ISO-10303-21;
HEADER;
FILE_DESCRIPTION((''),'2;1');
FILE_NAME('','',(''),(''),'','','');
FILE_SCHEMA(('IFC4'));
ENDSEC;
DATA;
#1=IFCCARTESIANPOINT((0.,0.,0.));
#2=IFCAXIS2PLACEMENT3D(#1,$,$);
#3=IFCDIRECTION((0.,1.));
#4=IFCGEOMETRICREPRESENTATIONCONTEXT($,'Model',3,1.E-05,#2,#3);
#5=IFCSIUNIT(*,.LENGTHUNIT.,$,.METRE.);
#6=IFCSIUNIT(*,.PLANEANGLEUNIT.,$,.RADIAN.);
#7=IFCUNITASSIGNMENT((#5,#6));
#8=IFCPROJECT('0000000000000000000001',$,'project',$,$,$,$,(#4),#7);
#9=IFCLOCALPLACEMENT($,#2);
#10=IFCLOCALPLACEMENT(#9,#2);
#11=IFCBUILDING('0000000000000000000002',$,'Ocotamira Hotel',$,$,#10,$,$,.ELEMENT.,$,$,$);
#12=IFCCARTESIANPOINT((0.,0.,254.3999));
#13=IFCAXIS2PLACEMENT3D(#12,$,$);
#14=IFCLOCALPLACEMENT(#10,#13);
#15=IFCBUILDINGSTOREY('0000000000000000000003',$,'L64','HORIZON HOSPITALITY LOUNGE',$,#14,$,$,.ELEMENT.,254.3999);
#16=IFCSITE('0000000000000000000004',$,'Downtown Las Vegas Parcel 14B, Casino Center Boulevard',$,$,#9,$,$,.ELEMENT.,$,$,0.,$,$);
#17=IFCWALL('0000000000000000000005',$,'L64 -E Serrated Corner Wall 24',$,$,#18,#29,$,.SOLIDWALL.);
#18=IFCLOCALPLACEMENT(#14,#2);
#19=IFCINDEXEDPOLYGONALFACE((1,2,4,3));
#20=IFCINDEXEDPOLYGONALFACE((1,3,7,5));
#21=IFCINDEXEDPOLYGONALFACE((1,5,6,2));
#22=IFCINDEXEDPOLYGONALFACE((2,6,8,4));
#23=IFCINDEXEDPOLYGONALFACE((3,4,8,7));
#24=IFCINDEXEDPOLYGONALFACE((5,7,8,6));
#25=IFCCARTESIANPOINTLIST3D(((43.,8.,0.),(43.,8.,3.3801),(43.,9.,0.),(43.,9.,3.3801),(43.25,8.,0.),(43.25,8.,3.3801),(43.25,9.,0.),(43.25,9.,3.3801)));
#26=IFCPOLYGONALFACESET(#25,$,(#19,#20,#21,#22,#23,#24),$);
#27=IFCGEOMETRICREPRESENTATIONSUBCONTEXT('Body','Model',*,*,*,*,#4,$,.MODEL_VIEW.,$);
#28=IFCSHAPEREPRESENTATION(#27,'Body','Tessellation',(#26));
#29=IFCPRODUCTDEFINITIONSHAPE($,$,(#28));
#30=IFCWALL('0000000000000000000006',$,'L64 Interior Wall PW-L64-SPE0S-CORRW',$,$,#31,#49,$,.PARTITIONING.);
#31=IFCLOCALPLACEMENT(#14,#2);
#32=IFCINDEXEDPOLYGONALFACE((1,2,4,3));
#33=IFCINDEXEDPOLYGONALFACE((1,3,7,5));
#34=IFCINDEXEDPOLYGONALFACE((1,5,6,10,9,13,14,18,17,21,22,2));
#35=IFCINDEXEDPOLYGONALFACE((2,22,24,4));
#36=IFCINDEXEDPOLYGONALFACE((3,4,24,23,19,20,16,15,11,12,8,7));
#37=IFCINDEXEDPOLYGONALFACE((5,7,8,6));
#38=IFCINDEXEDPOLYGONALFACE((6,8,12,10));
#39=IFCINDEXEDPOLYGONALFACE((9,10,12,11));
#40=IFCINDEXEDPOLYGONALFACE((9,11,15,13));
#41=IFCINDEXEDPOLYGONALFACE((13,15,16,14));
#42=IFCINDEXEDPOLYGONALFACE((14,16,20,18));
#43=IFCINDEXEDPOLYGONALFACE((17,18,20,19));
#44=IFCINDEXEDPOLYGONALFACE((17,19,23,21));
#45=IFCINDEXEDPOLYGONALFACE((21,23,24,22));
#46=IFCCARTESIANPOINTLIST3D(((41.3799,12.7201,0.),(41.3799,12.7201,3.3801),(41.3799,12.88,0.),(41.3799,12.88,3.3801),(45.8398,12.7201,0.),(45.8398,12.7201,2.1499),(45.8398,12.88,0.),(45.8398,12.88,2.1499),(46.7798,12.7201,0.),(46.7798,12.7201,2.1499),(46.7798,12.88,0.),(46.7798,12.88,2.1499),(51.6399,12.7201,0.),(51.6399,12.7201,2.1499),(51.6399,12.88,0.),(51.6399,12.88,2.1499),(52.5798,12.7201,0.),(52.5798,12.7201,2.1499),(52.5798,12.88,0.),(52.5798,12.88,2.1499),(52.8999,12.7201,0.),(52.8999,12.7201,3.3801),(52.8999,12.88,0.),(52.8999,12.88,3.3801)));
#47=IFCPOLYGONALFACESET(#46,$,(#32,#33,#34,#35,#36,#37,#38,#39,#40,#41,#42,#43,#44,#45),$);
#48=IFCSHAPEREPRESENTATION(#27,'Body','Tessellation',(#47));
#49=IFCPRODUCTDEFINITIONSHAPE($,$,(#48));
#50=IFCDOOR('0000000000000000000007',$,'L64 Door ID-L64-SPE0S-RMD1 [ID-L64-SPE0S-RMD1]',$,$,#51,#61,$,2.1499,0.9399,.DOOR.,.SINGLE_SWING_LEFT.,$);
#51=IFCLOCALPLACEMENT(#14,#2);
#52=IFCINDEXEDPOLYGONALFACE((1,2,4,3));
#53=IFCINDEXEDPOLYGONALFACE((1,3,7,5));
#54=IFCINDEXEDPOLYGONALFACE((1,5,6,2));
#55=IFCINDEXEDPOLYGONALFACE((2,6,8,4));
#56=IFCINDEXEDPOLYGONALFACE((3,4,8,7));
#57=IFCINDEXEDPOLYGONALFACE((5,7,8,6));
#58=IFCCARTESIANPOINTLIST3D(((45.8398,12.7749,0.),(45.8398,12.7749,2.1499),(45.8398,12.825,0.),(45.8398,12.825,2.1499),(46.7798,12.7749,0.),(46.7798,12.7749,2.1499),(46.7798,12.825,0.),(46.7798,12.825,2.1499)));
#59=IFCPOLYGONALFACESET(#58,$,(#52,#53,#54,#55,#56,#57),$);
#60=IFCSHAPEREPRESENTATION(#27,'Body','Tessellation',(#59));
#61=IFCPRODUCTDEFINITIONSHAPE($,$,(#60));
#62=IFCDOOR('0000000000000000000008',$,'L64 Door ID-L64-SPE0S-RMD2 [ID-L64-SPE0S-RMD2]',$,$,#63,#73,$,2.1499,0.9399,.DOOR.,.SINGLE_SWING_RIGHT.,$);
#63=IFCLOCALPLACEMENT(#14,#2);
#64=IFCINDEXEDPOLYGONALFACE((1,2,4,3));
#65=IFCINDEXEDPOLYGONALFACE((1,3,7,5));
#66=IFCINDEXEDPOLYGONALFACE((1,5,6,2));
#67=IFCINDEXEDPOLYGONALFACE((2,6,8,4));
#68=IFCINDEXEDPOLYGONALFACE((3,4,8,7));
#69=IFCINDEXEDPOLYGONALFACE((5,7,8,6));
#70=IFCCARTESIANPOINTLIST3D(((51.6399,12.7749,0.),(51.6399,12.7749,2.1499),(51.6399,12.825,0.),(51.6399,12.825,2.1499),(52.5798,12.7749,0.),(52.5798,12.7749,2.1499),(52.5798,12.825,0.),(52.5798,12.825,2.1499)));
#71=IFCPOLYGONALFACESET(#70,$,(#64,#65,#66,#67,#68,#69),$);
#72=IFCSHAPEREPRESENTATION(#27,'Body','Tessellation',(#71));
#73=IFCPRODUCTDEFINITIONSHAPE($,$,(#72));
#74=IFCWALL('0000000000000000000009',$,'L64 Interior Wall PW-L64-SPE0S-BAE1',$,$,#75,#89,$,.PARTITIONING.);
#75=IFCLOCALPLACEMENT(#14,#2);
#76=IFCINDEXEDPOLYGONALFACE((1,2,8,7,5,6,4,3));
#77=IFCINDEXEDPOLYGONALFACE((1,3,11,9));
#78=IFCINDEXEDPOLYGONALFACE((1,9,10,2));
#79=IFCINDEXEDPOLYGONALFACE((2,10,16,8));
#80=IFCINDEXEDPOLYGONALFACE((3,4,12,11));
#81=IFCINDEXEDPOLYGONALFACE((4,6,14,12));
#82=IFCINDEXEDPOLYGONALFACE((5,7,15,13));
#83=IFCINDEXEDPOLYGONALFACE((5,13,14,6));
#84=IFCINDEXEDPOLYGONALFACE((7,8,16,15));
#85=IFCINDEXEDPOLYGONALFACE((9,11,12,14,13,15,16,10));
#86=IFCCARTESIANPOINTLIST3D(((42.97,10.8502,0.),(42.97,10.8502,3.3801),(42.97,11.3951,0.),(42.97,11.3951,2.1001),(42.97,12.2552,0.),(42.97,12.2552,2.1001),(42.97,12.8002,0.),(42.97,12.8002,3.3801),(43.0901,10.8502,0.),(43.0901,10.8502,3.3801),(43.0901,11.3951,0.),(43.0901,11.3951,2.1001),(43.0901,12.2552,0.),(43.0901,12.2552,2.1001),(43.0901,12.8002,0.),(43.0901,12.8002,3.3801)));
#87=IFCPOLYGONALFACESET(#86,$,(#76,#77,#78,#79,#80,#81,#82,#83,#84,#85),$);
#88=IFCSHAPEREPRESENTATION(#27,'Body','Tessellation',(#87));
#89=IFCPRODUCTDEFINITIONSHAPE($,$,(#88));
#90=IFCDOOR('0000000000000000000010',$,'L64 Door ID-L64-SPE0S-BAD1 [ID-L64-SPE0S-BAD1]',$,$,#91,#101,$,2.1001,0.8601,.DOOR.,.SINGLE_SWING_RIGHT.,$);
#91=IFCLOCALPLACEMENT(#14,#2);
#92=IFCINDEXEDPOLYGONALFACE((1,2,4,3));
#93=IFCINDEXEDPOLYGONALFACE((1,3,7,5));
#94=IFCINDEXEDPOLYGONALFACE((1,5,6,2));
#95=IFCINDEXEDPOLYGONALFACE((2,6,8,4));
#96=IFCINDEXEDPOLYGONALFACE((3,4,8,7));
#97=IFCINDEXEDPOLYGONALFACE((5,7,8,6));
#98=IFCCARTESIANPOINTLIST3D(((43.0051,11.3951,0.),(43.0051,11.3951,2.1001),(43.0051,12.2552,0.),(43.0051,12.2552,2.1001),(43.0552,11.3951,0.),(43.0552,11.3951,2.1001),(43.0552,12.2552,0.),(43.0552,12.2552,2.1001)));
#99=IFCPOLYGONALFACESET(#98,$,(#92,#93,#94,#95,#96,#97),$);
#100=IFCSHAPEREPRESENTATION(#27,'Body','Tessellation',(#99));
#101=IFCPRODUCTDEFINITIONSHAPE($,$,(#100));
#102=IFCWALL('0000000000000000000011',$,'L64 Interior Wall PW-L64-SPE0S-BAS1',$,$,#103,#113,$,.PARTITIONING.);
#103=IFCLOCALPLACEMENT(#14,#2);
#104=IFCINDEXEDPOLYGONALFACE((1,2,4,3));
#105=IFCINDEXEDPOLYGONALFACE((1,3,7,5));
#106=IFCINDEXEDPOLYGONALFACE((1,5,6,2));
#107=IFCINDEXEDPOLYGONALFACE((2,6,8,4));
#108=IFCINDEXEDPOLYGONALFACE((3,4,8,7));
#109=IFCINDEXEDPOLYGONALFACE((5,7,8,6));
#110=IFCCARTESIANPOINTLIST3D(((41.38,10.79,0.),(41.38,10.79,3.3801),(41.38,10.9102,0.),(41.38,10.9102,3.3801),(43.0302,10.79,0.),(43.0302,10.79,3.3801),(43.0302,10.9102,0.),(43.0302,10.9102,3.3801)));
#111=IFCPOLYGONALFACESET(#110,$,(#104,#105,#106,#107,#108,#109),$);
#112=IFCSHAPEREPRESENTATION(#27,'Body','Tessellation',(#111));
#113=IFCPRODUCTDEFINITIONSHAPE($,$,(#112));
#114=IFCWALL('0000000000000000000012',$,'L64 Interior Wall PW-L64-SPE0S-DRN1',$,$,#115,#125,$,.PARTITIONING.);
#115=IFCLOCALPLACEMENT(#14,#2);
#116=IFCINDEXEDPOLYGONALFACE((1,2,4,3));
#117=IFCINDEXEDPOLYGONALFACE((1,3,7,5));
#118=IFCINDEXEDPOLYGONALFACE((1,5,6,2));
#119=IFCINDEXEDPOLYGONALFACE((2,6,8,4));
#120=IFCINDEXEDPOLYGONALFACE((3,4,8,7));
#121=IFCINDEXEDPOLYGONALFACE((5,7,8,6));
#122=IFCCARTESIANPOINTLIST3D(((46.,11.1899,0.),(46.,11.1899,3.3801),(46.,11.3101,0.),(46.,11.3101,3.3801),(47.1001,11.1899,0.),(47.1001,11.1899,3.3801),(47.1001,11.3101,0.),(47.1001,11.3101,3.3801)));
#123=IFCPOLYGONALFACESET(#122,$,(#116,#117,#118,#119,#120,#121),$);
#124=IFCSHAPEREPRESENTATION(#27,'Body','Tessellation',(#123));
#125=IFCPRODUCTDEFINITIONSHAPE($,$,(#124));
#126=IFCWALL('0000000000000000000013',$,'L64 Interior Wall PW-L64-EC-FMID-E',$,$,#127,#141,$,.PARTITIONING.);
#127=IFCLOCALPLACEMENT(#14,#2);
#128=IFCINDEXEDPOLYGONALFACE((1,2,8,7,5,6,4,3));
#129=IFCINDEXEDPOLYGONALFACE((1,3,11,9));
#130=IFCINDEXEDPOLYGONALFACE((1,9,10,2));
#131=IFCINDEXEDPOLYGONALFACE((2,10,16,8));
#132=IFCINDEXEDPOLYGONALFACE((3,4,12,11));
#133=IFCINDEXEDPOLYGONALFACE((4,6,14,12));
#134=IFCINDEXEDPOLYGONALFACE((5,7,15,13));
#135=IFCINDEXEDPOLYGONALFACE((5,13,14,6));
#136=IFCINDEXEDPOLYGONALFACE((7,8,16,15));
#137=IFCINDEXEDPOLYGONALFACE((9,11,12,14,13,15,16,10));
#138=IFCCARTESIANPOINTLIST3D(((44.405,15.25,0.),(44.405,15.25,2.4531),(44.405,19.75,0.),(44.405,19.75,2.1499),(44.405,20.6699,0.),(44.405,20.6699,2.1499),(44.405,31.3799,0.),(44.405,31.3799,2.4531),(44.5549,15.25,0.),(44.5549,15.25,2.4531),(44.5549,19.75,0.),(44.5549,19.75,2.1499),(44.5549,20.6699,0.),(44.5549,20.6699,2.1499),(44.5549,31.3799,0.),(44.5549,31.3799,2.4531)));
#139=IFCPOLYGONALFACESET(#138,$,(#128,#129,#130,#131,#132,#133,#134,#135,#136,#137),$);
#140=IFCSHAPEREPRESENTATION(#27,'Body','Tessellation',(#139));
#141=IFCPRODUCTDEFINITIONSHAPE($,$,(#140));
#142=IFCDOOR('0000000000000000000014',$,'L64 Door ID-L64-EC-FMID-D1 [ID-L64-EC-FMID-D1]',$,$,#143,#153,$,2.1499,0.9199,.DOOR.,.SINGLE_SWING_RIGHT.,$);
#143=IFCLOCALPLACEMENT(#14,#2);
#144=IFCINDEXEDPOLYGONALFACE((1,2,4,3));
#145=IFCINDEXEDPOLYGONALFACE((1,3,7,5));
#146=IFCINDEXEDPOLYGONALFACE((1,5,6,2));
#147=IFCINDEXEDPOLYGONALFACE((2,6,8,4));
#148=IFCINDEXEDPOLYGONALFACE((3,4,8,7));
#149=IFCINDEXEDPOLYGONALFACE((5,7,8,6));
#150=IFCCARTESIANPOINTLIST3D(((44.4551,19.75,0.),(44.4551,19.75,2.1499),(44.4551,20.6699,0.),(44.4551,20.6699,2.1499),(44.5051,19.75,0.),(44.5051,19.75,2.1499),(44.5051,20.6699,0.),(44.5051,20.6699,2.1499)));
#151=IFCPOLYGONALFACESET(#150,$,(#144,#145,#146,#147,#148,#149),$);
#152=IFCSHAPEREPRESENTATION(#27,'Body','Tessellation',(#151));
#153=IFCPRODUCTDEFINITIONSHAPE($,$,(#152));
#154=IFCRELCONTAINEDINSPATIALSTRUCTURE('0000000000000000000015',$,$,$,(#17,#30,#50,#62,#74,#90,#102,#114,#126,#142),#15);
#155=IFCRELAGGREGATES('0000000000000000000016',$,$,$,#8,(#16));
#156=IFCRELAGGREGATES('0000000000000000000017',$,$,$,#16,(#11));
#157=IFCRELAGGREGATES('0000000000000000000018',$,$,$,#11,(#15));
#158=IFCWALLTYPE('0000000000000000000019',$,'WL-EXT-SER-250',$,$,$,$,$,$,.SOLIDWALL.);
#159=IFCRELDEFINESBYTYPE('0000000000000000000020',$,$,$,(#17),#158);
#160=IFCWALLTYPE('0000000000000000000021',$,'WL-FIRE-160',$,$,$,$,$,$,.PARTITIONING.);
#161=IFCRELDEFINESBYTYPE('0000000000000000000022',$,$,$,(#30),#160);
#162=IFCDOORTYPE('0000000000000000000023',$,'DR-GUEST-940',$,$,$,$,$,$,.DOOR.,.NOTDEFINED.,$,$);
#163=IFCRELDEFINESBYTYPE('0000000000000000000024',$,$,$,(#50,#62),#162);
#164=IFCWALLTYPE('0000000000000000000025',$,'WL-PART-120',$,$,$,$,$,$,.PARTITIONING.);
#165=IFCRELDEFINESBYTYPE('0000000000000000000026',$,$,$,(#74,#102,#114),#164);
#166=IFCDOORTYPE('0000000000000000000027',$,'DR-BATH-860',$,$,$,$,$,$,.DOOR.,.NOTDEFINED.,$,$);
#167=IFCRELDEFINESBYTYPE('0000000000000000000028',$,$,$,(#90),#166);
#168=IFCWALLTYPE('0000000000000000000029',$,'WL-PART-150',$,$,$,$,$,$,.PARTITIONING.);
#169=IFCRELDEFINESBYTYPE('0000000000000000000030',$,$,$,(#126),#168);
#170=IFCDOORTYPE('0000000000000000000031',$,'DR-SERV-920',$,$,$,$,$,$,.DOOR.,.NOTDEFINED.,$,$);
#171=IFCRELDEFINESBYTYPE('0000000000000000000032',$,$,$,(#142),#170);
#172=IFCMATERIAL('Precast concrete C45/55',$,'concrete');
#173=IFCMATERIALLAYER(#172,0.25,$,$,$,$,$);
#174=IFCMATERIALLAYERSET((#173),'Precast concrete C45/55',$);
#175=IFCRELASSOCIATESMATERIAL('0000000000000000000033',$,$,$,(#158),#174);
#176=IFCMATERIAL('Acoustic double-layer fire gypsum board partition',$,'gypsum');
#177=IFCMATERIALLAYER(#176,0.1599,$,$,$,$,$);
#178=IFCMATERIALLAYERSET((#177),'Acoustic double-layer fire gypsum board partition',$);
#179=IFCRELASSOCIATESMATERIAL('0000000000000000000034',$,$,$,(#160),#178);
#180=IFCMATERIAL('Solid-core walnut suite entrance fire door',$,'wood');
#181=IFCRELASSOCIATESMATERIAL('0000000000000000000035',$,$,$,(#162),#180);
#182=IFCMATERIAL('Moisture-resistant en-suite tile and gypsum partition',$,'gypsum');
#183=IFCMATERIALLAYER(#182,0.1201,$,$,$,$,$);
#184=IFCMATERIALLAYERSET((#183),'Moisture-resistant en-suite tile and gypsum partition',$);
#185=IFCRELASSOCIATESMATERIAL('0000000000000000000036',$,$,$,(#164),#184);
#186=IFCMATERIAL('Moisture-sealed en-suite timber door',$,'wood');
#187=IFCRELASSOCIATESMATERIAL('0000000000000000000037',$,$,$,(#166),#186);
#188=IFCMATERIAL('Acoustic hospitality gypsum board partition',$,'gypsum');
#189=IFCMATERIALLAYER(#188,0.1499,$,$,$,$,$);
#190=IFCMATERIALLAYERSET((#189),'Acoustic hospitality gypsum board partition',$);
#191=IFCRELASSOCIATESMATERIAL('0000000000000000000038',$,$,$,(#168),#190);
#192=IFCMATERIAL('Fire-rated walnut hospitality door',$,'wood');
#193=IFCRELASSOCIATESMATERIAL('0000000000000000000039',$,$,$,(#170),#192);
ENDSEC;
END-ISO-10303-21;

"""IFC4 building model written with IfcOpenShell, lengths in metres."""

from ifc_helpers import new_model, si_unit, direction, frame, frame_2d, origin, place, context, subcontext, project, spatial, rectangle, extrude, source, transform, mapped, material, layer, layer_set, type_object, element, fill, save


model = new_model("IFC4")

# Units and contexts
model_context = context("Model", 3, precision=1e-05, world=origin(), true_north=direction((0.0, 1.0)))
body_context = subcontext(model_context, "Body", "Model", "MODEL_VIEW")
ifc_project = project(units=[si_unit("LENGTHUNIT", "METRE"), si_unit("PLANEANGLEUNIT", "RADIAN")], contexts=[model_context])

# Site, building, storey
site_placement = place(None, origin())
site = spatial("IfcSite", under=ifc_project, at=site_placement, Name="Downtown Las Vegas Parcel 14B, Casino Center Boulevard", CompositionType="ELEMENT", RefElevation=0.0)
building_placement = place(site_placement, origin())
building = spatial("IfcBuilding", under=site, at=building_placement, Name="Ocotamira Hotel", CompositionType="ELEMENT")
storey_placement = place(building_placement, frame((0.0, 0.0, 254.3999)))
storey = spatial("IfcBuildingStorey", under=building, at=storey_placement, Name="L64", Description="HORIZON HOSPITALITY LOUNGE", CompositionType="ELEMENT", Elevation=254.3999)

# Wall
ifc_material_1 = material(Name="Precast concrete C45/55", Category="concrete")
ifc_layer_1 = layer(ifc_material_1, 0.25)
ifc_layer_set_1 = layer_set([ifc_layer_1], Name="Precast concrete C45/55")
wall_type_1 = type_object("IfcWallType", Name="WL-EXT-SER-250", PredefinedType="SOLIDWALL", material=ifc_layer_set_1)
for number, where, z_axis, x_axis, name in (
    (1, (43.125, 9.0, 0.0), (0.0, 0.0, 1.0), (0.0, -1.0, 0.0), "L64 -E Serrated Corner Wall 24"),
):
    element("IfcWall", number, at=place(storey_placement, frame(where, z_axis=z_axis, x_axis=x_axis)), inside=storey, type_object=wall_type_1, Name=name, PredefinedType="SOLIDWALL", context=body_context, shape_type="SweptSolid", body=[
        extrude(rectangle(XDim=1.0, YDim=0.25, at=frame_2d((0.5, 0.0))), origin(), (0.0, 0.0, 1.0), 3.3801),
    ])

# Wall, openings, doors
ifc_material_2 = material(Name="Acoustic double-layer fire gypsum board partition", Category="gypsum")
ifc_layer_2 = layer(ifc_material_2, 0.1599)
ifc_layer_set_2 = layer_set([ifc_layer_2], Name="Acoustic double-layer fire gypsum board partition")
wall_type_2 = type_object("IfcWallType", Name="WL-FIRE-160", PredefinedType="PARTITIONING", material=ifc_layer_set_2)
wall_1_placement = place(storey_placement, frame((41.3799, 12.8, 0.0), z_axis=(0.0, 0.0, 1.0), x_axis=(1.0, 0.0, 0.0)))
wall_1 = element("IfcWall", 2, at=wall_1_placement, inside=storey, type_object=wall_type_2, Name="L64 Interior Wall PW-L64-SPE0S-CORRW", PredefinedType="PARTITIONING", context=body_context, shape_type="SweptSolid", body=[
    extrude(rectangle(XDim=11.52, YDim=0.1599, at=frame_2d((5.76, 0.0))), origin(), (0.0, 0.0, 1.0), 3.3801),
])
opening_1_placement = place(wall_1_placement, frame((4.46, 0.0, 0.0)))
opening_1 = element("IfcOpeningElement", 3, at=opening_1_placement, cuts=wall_1, PredefinedType="OPENING", context=body_context, shape_type="SweptSolid", body=[
    extrude(rectangle(XDim=0.9399, YDim=2.1499, at=frame_2d((0.47, 1.075))), frame((0.0, 0.0898, 0.0), z_axis=(0.0, -1.0, 0.0), x_axis=(1.0, 0.0, 0.0)), (0.0, 0.0, 1.0), 0.1799),
])
opening_2_placement = place(wall_1_placement, frame((10.26, 0.0, 0.0)))
opening_2 = element("IfcOpeningElement", 4, at=opening_2_placement, cuts=wall_1, PredefinedType="OPENING", context=body_context, shape_type="SweptSolid", body=[
    extrude(rectangle(XDim=0.9399, YDim=2.1499, at=frame_2d((0.47, 1.075))), frame((0.0, 0.0898, 0.0), z_axis=(0.0, -1.0, 0.0), x_axis=(1.0, 0.0, 0.0)), (0.0, 0.0, 1.0), 0.1799),
])
ifc_material_3 = material(Name="Solid-core walnut suite entrance fire door", Category="wood")
door_type_1 = type_object("IfcDoorType", Name="DR-GUEST-940", OperationType="NOTDEFINED", PredefinedType="DOOR", material=ifc_material_3)
shared_shape_1 = source(origin(), body_context, "Body", "SweptSolid", [
    extrude(rectangle(XDim=0.9399, YDim=2.1499, at=frame_2d((0.47, 1.075))), frame((0.0, 0.0249, 0.0), z_axis=(0.0, -1.0, 0.0), x_axis=(1.0, 0.0, 0.0)), (0.0, 0.0, 1.0), 0.05),
])
door_1_placement = place(opening_1_placement, origin())
door_1 = element("IfcDoor", 5, at=door_1_placement, inside=storey, type_object=door_type_1, Name="L64 Door ID-L64-SPE0S-RMD1 [ID-L64-SPE0S-RMD1]", OperationType="SINGLE_SWING_LEFT", OverallHeight=2.1499, OverallWidth=0.9399, PredefinedType="DOOR", context=body_context, shape_type="MappedRepresentation", body=[
    mapped(shared_shape_1, transform((0.0, 0.0, 0.0), scale=1.0)),
])
fill(opening_1, door_1)
door_2_placement = place(opening_2_placement, origin())
door_2 = element("IfcDoor", 6, at=door_2_placement, inside=storey, type_object=door_type_1, Name="L64 Door ID-L64-SPE0S-RMD2 [ID-L64-SPE0S-RMD2]", OperationType="SINGLE_SWING_RIGHT", OverallHeight=2.1499, OverallWidth=0.9399, PredefinedType="DOOR", context=body_context, shape_type="MappedRepresentation", body=[
    mapped(shared_shape_1, transform((0.0, 0.0, 0.0), scale=1.0)),
])
fill(opening_2, door_2)

# Wall, opening, door
ifc_material_4 = material(Name="Moisture-resistant en-suite tile and gypsum partition", Category="gypsum")
ifc_layer_3 = layer(ifc_material_4, 0.1201)
ifc_layer_set_3 = layer_set([ifc_layer_3], Name="Moisture-resistant en-suite tile and gypsum partition")
wall_type_3 = type_object("IfcWallType", Name="WL-PART-120", PredefinedType="PARTITIONING", material=ifc_layer_set_3)
wall_2_placement = place(storey_placement, frame((43.03, 10.8501, 0.0), z_axis=(0.0, 0.0, 1.0), x_axis=(0.0, 1.0, 0.0)))
wall_2 = element("IfcWall", 7, at=wall_2_placement, inside=storey, type_object=wall_type_3, Name="L64 Interior Wall PW-L64-SPE0S-BAE1", PredefinedType="PARTITIONING", context=body_context, shape_type="SweptSolid", body=[
    extrude(rectangle(XDim=1.95, YDim=0.1201, at=frame_2d((0.9751, 0.0))), origin(), (0.0, 0.0, 1.0), 3.3801),
])
opening_3_placement = place(wall_2_placement, frame((0.5449, 0.0, 0.0)))
opening_3 = element("IfcOpeningElement", 8, at=opening_3_placement, cuts=wall_2, PredefinedType="OPENING", context=body_context, shape_type="SweptSolid", body=[
    extrude(rectangle(XDim=0.8601, YDim=2.1001, at=frame_2d((0.4302, 1.05))), frame((0.0, 0.0701, 0.0), z_axis=(0.0, -1.0, 0.0), x_axis=(1.0, 0.0, 0.0)), (0.0, 0.0, 1.0), 0.1401),
])
ifc_material_5 = material(Name="Moisture-sealed en-suite timber door", Category="wood")
door_type_2 = type_object("IfcDoorType", Name="DR-BATH-860", OperationType="NOTDEFINED", PredefinedType="DOOR", material=ifc_material_5)
shared_shape_2 = source(origin(), body_context, "Body", "SweptSolid", [
    extrude(rectangle(XDim=0.8601, YDim=2.1001, at=frame_2d((0.4302, 1.05))), frame((0.0, 0.0249, 0.0), z_axis=(0.0, -1.0, 0.0), x_axis=(1.0, 0.0, 0.0)), (0.0, 0.0, 1.0), 0.05),
])
door_3_placement = place(opening_3_placement, origin())
door_3 = element("IfcDoor", 9, at=door_3_placement, inside=storey, type_object=door_type_2, Name="L64 Door ID-L64-SPE0S-BAD1 [ID-L64-SPE0S-BAD1]", OperationType="SINGLE_SWING_RIGHT", OverallHeight=2.1001, OverallWidth=0.8601, PredefinedType="DOOR", context=body_context, shape_type="MappedRepresentation", body=[
    mapped(shared_shape_2, transform((0.0, 0.0, 0.0), scale=1.0)),
])
fill(opening_3, door_3)

# Walls
wall_3_placement = place(storey_placement, frame((41.3799, 10.8501, 0.0), z_axis=(0.0, 0.0, 1.0), x_axis=(1.0, 0.0, 0.0)))
element("IfcWall", 10, at=wall_3_placement, inside=storey, type_object=wall_type_3, Name="L64 Interior Wall PW-L64-SPE0S-BAS1", PredefinedType="PARTITIONING", context=body_context, shape_type="SweptSolid", body=[
    extrude(rectangle(XDim=1.6501, YDim=0.1201, at=frame_2d((0.8252, 0.0))), origin(), (0.0, 0.0, 1.0), 3.3801),
])
wall_4_placement = place(storey_placement, frame((46.0, 11.25, 0.0), z_axis=(0.0, 0.0, 1.0), x_axis=(1.0, 0.0, 0.0)))
element("IfcWall", 11, at=wall_4_placement, inside=storey, type_object=wall_type_3, Name="L64 Interior Wall PW-L64-SPE0S-DRN1", PredefinedType="PARTITIONING", context=body_context, shape_type="SweptSolid", body=[
    extrude(rectangle(XDim=1.1001, YDim=0.1201, at=frame_2d((0.55, 0.0))), origin(), (0.0, 0.0, 1.0), 3.3801),
])

# Wall, opening, door
ifc_material_6 = material(Name="Acoustic hospitality gypsum board partition", Category="gypsum")
ifc_layer_4 = layer(ifc_material_6, 0.1499)
ifc_layer_set_4 = layer_set([ifc_layer_4], Name="Acoustic hospitality gypsum board partition")
wall_type_4 = type_object("IfcWallType", Name="WL-PART-150", PredefinedType="PARTITIONING", material=ifc_layer_set_4)
wall_5_placement = place(storey_placement, frame((44.48, 15.25, 0.0), z_axis=(0.0, 0.0, 1.0), x_axis=(0.0, 1.0, 0.0)))
wall_5 = element("IfcWall", 12, at=wall_5_placement, inside=storey, type_object=wall_type_4, Name="L64 Interior Wall PW-L64-EC-FMID-E", PredefinedType="PARTITIONING", context=body_context, shape_type="SweptSolid", body=[
    extrude(rectangle(XDim=16.1299, YDim=0.1499, at=frame_2d((8.0649, 0.0))), origin(), (0.0, 0.0, 1.0), 2.4531),
])
opening_4_placement = place(wall_5_placement, frame((4.5, 0.0, 0.0)))
opening_4 = element("IfcOpeningElement", 13, at=opening_4_placement, cuts=wall_5, PredefinedType="OPENING", context=body_context, shape_type="SweptSolid", body=[
    extrude(rectangle(XDim=0.9199, YDim=2.1499, at=frame_2d((0.46, 1.075))), frame((0.0, 0.085, 0.0), z_axis=(0.0, -1.0, 0.0), x_axis=(1.0, 0.0, 0.0)), (0.0, 0.0, 1.0), 0.1699),
])
ifc_material_7 = material(Name="Fire-rated walnut hospitality door", Category="wood")
door_type_3 = type_object("IfcDoorType", Name="DR-SERV-920", OperationType="NOTDEFINED", PredefinedType="DOOR", material=ifc_material_7)
shared_shape_3 = source(origin(), body_context, "Body", "SweptSolid", [
    extrude(rectangle(XDim=0.9199, YDim=2.1499, at=frame_2d((0.46, 1.075))), frame((0.0, 0.0249, 0.0), z_axis=(0.0, -1.0, 0.0), x_axis=(1.0, 0.0, 0.0)), (0.0, 0.0, 1.0), 0.05),
])
door_4_placement = place(opening_4_placement, origin())
door_4 = element("IfcDoor", 14, at=door_4_placement, inside=storey, type_object=door_type_3, Name="L64 Door ID-L64-EC-FMID-D1 [ID-L64-EC-FMID-D1]", OperationType="SINGLE_SWING_RIGHT", OverallHeight=2.1499, OverallWidth=0.9199, PredefinedType="DOOR", context=body_context, shape_type="MappedRepresentation", body=[
    mapped(shared_shape_3, transform((0.0, 0.0, 0.0), scale=1.0)),
])
fill(opening_4, door_4)

save(model, "model.ifc")
